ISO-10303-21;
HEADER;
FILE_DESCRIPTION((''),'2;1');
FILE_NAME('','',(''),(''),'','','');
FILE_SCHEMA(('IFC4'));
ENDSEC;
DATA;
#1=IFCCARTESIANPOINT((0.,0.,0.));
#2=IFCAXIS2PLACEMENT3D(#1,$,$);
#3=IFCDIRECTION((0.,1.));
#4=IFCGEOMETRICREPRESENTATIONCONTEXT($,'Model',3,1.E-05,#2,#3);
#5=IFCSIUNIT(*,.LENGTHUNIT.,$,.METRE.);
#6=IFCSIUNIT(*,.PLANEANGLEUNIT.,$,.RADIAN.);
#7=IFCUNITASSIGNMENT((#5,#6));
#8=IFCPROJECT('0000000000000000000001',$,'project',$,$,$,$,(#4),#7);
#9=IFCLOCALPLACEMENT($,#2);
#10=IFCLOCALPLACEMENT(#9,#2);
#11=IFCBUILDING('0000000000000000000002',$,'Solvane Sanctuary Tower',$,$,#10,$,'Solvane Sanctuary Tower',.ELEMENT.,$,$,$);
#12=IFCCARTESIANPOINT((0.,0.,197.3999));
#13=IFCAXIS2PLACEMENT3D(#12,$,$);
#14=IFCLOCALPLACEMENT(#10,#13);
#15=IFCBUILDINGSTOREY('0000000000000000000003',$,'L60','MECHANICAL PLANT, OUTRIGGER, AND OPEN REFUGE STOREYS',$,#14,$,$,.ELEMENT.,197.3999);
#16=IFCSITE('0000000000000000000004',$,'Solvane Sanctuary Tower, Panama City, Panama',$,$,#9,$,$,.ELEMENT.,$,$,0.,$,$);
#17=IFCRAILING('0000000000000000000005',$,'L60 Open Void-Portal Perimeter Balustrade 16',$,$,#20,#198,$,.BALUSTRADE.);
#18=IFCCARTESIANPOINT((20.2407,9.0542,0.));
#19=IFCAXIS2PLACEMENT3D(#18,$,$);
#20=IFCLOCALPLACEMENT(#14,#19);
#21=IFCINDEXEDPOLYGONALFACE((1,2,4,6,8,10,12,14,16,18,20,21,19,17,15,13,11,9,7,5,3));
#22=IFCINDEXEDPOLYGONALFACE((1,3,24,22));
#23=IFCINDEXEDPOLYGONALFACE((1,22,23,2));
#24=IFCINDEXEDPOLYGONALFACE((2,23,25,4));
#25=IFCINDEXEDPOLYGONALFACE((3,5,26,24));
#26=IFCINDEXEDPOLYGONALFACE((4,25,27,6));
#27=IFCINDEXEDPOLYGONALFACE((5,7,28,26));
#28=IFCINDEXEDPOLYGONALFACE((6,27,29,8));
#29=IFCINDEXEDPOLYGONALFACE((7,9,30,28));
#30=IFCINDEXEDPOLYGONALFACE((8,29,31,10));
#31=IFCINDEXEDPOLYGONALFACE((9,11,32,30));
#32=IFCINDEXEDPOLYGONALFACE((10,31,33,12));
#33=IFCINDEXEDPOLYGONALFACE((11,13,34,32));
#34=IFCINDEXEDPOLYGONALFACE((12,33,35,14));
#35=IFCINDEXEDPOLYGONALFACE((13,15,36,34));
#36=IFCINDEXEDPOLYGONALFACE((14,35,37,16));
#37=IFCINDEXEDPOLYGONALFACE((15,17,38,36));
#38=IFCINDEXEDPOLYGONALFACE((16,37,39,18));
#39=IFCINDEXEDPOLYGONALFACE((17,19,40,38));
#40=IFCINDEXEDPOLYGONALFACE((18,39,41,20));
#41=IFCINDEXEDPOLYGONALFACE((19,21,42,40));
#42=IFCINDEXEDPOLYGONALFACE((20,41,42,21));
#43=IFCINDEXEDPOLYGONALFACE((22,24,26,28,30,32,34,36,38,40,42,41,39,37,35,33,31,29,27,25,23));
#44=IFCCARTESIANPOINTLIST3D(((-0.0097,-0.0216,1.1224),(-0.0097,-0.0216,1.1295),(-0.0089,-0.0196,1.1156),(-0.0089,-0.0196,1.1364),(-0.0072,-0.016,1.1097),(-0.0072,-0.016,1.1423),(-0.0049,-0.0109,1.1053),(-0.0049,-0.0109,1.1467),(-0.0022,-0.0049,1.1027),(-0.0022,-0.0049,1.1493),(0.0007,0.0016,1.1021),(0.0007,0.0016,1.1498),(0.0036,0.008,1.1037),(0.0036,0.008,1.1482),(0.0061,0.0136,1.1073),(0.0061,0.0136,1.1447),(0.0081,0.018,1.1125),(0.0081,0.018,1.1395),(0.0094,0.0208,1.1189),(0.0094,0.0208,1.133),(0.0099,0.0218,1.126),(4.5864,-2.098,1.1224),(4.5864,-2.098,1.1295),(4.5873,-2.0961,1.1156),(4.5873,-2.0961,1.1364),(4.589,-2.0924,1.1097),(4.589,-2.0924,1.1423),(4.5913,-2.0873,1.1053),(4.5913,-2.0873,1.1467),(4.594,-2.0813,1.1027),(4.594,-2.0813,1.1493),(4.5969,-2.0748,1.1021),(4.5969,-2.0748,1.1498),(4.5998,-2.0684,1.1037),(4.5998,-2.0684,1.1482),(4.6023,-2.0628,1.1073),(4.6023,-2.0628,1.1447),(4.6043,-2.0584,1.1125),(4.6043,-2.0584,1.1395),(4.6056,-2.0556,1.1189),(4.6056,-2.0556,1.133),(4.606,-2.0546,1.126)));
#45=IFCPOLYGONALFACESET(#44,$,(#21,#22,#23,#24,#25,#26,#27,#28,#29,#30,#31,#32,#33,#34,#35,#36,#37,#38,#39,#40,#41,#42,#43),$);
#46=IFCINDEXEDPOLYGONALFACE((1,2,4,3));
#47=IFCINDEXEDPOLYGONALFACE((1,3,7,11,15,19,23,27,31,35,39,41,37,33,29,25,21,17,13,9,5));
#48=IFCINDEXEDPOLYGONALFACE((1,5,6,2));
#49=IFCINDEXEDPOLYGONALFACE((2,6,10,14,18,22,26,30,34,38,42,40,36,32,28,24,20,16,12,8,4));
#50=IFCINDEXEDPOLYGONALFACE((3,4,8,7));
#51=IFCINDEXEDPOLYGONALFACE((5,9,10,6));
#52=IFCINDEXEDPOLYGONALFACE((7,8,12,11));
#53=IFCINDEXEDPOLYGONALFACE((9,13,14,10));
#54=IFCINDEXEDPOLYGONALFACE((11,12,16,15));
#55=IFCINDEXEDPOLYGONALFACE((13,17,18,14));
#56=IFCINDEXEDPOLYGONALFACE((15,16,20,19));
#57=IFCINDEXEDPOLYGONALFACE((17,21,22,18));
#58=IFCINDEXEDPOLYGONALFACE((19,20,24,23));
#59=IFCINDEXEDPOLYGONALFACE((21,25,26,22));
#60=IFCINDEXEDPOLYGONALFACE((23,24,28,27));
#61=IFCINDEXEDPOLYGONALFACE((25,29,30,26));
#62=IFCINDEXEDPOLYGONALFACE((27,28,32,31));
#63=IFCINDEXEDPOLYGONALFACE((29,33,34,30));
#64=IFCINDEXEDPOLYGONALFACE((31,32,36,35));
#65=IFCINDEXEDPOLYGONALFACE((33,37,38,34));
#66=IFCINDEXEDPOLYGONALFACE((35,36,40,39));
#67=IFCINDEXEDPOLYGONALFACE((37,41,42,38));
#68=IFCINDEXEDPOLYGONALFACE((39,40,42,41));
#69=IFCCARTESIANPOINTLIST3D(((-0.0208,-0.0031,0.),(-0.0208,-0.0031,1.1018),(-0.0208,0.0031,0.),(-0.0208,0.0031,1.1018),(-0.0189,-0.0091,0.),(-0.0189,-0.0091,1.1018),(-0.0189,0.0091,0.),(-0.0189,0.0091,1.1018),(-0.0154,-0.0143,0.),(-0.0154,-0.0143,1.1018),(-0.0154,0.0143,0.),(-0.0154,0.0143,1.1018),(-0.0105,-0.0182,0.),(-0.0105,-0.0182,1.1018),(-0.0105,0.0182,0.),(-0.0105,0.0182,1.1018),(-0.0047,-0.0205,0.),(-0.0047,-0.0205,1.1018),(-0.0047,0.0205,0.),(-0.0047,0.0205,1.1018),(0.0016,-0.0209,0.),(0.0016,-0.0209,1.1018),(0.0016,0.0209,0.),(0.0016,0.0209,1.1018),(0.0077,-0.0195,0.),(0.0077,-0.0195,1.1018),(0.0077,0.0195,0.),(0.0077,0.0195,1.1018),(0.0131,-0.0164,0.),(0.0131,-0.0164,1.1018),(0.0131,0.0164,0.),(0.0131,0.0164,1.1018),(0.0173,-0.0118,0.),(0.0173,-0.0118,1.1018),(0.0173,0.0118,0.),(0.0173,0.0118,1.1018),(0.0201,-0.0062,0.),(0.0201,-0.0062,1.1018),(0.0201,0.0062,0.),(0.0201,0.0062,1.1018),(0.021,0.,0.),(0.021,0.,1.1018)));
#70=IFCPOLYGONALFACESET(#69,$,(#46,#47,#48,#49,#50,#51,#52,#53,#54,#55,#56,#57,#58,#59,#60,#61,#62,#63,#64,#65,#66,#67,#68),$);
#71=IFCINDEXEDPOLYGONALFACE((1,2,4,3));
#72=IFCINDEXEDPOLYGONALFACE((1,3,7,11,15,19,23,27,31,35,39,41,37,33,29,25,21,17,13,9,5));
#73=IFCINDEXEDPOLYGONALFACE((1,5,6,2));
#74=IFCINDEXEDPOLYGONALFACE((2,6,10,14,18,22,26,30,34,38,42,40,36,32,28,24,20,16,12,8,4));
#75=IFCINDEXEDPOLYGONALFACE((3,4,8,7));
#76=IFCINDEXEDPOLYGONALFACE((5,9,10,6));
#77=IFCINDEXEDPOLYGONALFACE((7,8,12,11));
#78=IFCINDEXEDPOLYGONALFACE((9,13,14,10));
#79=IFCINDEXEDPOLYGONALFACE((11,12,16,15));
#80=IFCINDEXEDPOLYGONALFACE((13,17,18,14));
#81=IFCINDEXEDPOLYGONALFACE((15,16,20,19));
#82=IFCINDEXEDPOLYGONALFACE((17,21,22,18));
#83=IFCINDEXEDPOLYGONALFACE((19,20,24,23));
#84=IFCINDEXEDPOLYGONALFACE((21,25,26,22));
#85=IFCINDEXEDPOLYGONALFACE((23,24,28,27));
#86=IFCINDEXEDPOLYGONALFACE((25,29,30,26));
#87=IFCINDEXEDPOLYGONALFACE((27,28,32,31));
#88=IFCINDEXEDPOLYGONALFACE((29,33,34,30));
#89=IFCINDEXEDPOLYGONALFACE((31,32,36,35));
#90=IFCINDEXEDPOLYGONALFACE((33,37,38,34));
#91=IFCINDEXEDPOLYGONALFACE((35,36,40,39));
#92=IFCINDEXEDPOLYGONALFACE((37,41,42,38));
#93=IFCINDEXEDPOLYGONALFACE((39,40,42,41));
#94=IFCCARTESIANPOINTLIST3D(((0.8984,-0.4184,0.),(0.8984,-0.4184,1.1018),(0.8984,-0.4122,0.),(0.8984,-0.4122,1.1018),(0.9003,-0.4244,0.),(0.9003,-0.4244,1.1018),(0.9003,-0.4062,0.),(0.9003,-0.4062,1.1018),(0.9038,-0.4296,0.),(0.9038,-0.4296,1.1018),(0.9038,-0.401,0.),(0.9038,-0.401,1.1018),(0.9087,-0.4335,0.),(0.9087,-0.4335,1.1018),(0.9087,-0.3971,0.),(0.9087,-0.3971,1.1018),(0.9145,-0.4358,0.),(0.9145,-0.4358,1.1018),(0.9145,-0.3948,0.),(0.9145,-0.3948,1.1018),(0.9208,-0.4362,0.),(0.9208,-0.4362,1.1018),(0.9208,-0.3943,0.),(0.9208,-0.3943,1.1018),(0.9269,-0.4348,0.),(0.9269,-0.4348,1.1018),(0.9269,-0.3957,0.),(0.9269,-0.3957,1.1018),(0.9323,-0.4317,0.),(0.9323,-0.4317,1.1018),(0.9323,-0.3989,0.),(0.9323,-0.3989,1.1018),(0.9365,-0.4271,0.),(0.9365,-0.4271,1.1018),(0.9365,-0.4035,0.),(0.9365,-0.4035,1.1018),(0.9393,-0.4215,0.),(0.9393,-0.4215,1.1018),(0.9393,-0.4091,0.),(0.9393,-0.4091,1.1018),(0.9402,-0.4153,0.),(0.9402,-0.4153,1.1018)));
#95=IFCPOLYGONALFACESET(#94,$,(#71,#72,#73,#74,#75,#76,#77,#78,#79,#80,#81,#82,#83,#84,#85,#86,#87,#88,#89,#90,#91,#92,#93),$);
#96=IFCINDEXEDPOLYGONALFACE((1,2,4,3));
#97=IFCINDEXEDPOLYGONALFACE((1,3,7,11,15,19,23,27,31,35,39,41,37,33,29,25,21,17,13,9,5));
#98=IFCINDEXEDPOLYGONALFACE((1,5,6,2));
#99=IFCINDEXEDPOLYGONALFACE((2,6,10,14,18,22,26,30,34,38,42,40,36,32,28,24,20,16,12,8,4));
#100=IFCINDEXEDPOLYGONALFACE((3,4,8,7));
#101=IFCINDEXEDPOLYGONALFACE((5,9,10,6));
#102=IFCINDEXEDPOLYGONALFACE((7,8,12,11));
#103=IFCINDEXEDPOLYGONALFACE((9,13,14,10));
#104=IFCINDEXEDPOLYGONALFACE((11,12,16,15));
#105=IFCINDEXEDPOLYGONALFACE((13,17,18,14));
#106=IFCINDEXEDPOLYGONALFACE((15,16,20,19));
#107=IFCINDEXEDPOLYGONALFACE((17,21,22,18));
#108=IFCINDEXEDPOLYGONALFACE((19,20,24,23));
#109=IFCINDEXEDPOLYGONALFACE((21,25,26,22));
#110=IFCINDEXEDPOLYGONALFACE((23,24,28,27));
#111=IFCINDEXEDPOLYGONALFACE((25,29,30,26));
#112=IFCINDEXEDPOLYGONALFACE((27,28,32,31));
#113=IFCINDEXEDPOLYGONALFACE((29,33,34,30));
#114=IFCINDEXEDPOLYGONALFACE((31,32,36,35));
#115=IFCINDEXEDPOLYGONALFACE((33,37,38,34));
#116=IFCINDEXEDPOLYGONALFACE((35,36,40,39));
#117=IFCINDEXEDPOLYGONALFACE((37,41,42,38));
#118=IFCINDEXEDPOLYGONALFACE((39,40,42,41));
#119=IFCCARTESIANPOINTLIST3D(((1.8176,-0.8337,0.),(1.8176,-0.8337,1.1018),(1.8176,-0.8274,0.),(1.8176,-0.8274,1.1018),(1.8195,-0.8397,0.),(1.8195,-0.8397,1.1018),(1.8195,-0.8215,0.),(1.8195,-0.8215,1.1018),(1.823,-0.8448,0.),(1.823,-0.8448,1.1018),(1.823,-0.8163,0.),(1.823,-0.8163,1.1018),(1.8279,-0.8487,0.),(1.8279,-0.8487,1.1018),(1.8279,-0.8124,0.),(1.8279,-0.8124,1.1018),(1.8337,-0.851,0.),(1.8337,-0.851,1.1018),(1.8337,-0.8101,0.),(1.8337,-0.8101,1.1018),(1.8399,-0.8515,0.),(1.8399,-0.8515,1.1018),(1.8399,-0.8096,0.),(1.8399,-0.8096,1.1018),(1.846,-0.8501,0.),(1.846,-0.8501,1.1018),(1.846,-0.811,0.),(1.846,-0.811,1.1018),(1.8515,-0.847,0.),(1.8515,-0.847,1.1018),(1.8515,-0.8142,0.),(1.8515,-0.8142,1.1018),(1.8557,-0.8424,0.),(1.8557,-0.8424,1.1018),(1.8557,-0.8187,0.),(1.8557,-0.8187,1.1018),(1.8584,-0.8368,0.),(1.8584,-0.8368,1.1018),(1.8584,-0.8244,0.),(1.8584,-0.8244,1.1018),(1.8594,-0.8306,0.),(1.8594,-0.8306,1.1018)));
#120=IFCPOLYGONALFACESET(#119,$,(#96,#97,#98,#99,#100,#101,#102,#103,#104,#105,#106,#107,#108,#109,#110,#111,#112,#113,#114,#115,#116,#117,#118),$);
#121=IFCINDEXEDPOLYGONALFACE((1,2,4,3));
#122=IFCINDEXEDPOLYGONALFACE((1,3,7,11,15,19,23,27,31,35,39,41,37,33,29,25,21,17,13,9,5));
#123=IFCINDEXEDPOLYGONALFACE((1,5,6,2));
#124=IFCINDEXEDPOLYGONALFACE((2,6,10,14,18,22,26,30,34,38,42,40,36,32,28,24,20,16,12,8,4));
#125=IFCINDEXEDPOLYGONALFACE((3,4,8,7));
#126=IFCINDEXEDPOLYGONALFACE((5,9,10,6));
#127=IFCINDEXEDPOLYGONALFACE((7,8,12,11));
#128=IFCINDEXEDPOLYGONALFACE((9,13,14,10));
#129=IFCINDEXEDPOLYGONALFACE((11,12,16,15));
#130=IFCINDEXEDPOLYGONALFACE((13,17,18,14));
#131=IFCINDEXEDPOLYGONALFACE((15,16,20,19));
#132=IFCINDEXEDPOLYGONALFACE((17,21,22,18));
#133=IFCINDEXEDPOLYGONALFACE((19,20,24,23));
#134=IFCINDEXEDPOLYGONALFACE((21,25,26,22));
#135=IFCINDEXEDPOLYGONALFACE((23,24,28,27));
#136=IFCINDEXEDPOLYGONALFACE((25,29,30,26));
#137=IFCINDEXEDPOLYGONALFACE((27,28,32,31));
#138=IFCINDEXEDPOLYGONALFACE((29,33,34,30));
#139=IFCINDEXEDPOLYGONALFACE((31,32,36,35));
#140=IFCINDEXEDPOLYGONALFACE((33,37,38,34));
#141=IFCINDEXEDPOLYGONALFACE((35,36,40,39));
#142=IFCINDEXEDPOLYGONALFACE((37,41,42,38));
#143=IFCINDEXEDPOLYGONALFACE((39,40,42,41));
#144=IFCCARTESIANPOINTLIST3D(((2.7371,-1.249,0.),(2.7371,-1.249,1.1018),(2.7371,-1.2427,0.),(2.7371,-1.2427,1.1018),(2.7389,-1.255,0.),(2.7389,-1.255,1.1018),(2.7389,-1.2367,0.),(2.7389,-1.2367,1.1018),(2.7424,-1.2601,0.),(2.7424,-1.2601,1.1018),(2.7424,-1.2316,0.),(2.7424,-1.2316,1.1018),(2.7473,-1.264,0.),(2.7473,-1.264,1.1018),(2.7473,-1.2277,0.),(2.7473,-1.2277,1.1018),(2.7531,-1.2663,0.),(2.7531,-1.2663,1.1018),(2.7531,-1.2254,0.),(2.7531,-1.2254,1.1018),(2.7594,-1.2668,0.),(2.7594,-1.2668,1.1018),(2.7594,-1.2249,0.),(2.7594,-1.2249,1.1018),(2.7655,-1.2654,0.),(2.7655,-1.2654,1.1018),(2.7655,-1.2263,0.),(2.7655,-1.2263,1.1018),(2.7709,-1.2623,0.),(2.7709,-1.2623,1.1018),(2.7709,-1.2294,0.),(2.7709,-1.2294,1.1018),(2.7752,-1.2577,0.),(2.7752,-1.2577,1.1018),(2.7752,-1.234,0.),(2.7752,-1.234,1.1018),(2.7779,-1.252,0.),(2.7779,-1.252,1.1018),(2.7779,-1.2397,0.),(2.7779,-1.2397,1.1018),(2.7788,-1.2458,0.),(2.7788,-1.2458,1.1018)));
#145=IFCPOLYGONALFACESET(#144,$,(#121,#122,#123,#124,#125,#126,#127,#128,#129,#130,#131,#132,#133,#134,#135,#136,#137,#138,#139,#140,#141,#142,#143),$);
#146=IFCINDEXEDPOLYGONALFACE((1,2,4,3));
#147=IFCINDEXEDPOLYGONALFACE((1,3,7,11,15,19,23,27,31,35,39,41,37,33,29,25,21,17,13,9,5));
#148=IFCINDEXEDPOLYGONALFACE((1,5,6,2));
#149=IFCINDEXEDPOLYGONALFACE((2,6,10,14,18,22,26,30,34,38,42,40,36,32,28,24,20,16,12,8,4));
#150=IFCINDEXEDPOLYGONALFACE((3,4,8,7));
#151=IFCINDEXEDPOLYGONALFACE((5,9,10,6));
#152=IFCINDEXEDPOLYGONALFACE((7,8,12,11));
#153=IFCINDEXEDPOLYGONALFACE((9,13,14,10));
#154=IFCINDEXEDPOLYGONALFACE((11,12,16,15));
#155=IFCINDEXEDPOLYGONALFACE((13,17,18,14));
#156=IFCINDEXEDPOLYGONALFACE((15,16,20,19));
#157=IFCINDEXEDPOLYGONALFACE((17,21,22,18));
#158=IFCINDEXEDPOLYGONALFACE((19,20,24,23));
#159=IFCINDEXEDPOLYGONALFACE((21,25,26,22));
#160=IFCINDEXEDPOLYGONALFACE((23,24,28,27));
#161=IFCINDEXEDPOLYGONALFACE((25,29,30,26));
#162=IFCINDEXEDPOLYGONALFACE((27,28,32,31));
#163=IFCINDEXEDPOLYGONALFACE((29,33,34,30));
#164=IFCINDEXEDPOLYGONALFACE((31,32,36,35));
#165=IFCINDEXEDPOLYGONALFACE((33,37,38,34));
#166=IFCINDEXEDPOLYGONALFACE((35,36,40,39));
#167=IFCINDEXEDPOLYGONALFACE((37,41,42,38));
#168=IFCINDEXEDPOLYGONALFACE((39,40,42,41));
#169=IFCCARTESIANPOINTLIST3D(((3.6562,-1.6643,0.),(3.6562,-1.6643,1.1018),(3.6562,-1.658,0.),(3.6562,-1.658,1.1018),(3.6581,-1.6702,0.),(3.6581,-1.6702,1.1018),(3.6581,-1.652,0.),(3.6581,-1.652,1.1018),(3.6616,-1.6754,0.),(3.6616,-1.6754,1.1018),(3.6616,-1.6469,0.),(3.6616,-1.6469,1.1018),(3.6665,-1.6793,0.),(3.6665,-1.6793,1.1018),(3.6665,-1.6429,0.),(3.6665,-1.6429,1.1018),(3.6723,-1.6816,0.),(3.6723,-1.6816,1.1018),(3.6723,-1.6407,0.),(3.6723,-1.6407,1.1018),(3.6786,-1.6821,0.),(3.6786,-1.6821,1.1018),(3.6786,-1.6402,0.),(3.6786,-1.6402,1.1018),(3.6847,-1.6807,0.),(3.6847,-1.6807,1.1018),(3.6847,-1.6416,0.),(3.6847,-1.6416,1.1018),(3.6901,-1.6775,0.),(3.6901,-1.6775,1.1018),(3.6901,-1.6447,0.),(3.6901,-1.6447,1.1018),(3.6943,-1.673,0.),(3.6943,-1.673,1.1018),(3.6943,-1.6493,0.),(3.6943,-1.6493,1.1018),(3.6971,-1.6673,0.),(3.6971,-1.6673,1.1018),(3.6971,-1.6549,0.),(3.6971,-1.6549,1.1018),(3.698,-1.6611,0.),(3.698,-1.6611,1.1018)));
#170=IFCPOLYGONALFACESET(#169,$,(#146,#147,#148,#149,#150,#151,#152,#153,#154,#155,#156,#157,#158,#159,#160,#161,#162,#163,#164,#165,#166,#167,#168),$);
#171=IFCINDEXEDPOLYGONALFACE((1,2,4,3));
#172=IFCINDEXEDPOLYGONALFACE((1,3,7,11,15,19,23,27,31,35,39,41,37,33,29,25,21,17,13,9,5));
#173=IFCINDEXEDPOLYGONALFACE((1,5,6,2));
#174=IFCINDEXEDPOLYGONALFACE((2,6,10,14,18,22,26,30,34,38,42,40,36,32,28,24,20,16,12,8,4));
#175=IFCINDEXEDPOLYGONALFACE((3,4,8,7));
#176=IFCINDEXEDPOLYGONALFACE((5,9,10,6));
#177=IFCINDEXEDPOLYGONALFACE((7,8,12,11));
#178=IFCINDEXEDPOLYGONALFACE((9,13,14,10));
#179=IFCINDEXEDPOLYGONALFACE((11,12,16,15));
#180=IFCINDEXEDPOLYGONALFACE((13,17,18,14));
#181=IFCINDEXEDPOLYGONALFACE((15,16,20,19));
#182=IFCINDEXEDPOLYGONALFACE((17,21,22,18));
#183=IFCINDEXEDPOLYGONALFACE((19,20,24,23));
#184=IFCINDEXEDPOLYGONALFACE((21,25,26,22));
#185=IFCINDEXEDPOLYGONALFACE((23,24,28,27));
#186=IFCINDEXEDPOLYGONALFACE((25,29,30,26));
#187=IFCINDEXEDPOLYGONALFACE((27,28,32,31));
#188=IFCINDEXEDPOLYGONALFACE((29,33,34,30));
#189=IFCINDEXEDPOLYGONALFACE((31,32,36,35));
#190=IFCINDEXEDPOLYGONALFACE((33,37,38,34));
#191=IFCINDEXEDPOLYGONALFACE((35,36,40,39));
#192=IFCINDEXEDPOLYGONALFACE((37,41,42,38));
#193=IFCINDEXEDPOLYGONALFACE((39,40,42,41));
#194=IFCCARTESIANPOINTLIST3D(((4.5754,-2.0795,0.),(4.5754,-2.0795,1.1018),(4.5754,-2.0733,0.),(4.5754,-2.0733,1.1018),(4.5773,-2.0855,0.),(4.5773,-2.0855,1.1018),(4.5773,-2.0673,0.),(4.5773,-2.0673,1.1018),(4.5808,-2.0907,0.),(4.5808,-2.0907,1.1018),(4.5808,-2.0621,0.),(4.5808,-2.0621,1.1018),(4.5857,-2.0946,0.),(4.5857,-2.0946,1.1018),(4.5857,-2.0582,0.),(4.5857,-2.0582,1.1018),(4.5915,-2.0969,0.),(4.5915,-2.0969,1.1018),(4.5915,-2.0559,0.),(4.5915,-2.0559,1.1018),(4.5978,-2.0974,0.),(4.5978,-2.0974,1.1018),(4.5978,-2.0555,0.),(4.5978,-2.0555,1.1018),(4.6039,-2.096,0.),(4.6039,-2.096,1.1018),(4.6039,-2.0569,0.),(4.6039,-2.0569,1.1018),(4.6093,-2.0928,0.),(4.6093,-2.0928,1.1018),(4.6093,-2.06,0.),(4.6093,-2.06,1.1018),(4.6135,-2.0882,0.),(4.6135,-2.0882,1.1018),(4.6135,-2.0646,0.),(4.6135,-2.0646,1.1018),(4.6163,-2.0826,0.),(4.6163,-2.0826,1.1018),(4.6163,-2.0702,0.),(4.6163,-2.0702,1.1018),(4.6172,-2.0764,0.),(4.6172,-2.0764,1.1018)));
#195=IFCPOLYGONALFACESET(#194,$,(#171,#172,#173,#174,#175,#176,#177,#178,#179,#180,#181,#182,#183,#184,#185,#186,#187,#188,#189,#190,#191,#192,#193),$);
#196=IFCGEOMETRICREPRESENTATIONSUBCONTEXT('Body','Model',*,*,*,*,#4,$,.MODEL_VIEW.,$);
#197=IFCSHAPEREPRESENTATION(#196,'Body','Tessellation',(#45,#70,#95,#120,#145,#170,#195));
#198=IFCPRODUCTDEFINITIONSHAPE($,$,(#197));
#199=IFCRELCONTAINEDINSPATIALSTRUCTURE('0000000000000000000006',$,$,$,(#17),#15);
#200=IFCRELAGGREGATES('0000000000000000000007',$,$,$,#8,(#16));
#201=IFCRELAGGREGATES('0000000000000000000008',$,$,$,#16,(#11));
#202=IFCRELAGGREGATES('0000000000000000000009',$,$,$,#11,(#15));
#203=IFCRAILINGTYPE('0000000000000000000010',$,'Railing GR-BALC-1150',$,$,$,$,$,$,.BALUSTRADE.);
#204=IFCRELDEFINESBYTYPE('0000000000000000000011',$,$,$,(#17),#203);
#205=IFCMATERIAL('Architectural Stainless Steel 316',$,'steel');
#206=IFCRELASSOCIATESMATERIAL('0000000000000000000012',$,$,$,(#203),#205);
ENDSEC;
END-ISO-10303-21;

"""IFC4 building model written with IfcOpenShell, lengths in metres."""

from ifc_helpers import new_model, si_unit, direction, frame, origin, origin_2d, place, context, subcontext, project, spatial, circle, extrude, material, type_object, element, save


model = new_model("IFC4")

# Units and contexts
model_context = context("Model", 3, precision=1e-05, world=origin(), true_north=direction((0.0, 1.0)))
body_context = subcontext(model_context, "Body", "Model", "MODEL_VIEW")
ifc_project = project(units=[si_unit("LENGTHUNIT", "METRE"), si_unit("PLANEANGLEUNIT", "RADIAN")], contexts=[model_context])

# Site, building, storey
site_placement = place(None, origin())
site = spatial("IfcSite", under=ifc_project, at=site_placement, Name="Solvane Sanctuary Tower, Panama City, Panama", CompositionType="ELEMENT", RefElevation=0.0)
building_placement = place(site_placement, origin())
building = spatial("IfcBuilding", under=site, at=building_placement, Name="Solvane Sanctuary Tower", LongName="Solvane Sanctuary Tower", CompositionType="ELEMENT")
storey_placement = place(building_placement, frame((0.0, 0.0, 197.3999)))
storey = spatial("IfcBuildingStorey", under=building, at=storey_placement, Name="L60", Description="MECHANICAL PLANT, OUTRIGGER, AND OPEN REFUGE STOREYS", CompositionType="ELEMENT", Elevation=197.3999)

# Shared definitions
ifc_material_1 = material(Name="Architectural Stainless Steel 316", Category="steel")

# Railing
railing_type_1 = type_object("IfcRailingType", Name="Railing GR-BALC-1150", PredefinedType="BALUSTRADE", material=ifc_material_1)
railing_1_placement = place(storey_placement, frame((20.2407, 9.0542, 0.0)))
element("IfcRailing", 1, at=railing_1_placement, inside=storey, type_object=railing_type_1, Name="L60 Open Void-Portal Perimeter Balustrade 16", PredefinedType="BALUSTRADE", context=body_context, shape_type="SweptSolid", body=[
    extrude(circle(Radius=0.0239, at=origin_2d()), frame((0.0, 0.0, 1.126), z_axis=(0.911317, -0.411705, 0.0), x_axis=(0.411705, 0.911317, 0.0)), (0.0, 0.0, 1.0), 5.0435),
    extrude(circle(Radius=0.021, at=origin_2d()), origin(), (0.0, 0.0, 1.0), 1.1018),
    extrude(circle(Radius=0.021, at=origin_2d()), frame((0.9192, -0.4153, 0.0)), (0.0, 0.0, 1.0), 1.1018),
    extrude(circle(Radius=0.021, at=origin_2d()), frame((1.8384, -0.8306, 0.0)), (0.0, 0.0, 1.0), 1.1018),
    extrude(circle(Radius=0.021, at=origin_2d()), frame((2.7578, -1.2458, 0.0)), (0.0, 0.0, 1.0), 1.1018),
    extrude(circle(Radius=0.021, at=origin_2d()), frame((3.677, -1.6611, 0.0)), (0.0, 0.0, 1.0), 1.1018),
    extrude(circle(Radius=0.021, at=origin_2d()), frame((4.5962, -2.0764, 0.0)), (0.0, 0.0, 1.0), 1.1018),
])

save(model, "model.ifc")
